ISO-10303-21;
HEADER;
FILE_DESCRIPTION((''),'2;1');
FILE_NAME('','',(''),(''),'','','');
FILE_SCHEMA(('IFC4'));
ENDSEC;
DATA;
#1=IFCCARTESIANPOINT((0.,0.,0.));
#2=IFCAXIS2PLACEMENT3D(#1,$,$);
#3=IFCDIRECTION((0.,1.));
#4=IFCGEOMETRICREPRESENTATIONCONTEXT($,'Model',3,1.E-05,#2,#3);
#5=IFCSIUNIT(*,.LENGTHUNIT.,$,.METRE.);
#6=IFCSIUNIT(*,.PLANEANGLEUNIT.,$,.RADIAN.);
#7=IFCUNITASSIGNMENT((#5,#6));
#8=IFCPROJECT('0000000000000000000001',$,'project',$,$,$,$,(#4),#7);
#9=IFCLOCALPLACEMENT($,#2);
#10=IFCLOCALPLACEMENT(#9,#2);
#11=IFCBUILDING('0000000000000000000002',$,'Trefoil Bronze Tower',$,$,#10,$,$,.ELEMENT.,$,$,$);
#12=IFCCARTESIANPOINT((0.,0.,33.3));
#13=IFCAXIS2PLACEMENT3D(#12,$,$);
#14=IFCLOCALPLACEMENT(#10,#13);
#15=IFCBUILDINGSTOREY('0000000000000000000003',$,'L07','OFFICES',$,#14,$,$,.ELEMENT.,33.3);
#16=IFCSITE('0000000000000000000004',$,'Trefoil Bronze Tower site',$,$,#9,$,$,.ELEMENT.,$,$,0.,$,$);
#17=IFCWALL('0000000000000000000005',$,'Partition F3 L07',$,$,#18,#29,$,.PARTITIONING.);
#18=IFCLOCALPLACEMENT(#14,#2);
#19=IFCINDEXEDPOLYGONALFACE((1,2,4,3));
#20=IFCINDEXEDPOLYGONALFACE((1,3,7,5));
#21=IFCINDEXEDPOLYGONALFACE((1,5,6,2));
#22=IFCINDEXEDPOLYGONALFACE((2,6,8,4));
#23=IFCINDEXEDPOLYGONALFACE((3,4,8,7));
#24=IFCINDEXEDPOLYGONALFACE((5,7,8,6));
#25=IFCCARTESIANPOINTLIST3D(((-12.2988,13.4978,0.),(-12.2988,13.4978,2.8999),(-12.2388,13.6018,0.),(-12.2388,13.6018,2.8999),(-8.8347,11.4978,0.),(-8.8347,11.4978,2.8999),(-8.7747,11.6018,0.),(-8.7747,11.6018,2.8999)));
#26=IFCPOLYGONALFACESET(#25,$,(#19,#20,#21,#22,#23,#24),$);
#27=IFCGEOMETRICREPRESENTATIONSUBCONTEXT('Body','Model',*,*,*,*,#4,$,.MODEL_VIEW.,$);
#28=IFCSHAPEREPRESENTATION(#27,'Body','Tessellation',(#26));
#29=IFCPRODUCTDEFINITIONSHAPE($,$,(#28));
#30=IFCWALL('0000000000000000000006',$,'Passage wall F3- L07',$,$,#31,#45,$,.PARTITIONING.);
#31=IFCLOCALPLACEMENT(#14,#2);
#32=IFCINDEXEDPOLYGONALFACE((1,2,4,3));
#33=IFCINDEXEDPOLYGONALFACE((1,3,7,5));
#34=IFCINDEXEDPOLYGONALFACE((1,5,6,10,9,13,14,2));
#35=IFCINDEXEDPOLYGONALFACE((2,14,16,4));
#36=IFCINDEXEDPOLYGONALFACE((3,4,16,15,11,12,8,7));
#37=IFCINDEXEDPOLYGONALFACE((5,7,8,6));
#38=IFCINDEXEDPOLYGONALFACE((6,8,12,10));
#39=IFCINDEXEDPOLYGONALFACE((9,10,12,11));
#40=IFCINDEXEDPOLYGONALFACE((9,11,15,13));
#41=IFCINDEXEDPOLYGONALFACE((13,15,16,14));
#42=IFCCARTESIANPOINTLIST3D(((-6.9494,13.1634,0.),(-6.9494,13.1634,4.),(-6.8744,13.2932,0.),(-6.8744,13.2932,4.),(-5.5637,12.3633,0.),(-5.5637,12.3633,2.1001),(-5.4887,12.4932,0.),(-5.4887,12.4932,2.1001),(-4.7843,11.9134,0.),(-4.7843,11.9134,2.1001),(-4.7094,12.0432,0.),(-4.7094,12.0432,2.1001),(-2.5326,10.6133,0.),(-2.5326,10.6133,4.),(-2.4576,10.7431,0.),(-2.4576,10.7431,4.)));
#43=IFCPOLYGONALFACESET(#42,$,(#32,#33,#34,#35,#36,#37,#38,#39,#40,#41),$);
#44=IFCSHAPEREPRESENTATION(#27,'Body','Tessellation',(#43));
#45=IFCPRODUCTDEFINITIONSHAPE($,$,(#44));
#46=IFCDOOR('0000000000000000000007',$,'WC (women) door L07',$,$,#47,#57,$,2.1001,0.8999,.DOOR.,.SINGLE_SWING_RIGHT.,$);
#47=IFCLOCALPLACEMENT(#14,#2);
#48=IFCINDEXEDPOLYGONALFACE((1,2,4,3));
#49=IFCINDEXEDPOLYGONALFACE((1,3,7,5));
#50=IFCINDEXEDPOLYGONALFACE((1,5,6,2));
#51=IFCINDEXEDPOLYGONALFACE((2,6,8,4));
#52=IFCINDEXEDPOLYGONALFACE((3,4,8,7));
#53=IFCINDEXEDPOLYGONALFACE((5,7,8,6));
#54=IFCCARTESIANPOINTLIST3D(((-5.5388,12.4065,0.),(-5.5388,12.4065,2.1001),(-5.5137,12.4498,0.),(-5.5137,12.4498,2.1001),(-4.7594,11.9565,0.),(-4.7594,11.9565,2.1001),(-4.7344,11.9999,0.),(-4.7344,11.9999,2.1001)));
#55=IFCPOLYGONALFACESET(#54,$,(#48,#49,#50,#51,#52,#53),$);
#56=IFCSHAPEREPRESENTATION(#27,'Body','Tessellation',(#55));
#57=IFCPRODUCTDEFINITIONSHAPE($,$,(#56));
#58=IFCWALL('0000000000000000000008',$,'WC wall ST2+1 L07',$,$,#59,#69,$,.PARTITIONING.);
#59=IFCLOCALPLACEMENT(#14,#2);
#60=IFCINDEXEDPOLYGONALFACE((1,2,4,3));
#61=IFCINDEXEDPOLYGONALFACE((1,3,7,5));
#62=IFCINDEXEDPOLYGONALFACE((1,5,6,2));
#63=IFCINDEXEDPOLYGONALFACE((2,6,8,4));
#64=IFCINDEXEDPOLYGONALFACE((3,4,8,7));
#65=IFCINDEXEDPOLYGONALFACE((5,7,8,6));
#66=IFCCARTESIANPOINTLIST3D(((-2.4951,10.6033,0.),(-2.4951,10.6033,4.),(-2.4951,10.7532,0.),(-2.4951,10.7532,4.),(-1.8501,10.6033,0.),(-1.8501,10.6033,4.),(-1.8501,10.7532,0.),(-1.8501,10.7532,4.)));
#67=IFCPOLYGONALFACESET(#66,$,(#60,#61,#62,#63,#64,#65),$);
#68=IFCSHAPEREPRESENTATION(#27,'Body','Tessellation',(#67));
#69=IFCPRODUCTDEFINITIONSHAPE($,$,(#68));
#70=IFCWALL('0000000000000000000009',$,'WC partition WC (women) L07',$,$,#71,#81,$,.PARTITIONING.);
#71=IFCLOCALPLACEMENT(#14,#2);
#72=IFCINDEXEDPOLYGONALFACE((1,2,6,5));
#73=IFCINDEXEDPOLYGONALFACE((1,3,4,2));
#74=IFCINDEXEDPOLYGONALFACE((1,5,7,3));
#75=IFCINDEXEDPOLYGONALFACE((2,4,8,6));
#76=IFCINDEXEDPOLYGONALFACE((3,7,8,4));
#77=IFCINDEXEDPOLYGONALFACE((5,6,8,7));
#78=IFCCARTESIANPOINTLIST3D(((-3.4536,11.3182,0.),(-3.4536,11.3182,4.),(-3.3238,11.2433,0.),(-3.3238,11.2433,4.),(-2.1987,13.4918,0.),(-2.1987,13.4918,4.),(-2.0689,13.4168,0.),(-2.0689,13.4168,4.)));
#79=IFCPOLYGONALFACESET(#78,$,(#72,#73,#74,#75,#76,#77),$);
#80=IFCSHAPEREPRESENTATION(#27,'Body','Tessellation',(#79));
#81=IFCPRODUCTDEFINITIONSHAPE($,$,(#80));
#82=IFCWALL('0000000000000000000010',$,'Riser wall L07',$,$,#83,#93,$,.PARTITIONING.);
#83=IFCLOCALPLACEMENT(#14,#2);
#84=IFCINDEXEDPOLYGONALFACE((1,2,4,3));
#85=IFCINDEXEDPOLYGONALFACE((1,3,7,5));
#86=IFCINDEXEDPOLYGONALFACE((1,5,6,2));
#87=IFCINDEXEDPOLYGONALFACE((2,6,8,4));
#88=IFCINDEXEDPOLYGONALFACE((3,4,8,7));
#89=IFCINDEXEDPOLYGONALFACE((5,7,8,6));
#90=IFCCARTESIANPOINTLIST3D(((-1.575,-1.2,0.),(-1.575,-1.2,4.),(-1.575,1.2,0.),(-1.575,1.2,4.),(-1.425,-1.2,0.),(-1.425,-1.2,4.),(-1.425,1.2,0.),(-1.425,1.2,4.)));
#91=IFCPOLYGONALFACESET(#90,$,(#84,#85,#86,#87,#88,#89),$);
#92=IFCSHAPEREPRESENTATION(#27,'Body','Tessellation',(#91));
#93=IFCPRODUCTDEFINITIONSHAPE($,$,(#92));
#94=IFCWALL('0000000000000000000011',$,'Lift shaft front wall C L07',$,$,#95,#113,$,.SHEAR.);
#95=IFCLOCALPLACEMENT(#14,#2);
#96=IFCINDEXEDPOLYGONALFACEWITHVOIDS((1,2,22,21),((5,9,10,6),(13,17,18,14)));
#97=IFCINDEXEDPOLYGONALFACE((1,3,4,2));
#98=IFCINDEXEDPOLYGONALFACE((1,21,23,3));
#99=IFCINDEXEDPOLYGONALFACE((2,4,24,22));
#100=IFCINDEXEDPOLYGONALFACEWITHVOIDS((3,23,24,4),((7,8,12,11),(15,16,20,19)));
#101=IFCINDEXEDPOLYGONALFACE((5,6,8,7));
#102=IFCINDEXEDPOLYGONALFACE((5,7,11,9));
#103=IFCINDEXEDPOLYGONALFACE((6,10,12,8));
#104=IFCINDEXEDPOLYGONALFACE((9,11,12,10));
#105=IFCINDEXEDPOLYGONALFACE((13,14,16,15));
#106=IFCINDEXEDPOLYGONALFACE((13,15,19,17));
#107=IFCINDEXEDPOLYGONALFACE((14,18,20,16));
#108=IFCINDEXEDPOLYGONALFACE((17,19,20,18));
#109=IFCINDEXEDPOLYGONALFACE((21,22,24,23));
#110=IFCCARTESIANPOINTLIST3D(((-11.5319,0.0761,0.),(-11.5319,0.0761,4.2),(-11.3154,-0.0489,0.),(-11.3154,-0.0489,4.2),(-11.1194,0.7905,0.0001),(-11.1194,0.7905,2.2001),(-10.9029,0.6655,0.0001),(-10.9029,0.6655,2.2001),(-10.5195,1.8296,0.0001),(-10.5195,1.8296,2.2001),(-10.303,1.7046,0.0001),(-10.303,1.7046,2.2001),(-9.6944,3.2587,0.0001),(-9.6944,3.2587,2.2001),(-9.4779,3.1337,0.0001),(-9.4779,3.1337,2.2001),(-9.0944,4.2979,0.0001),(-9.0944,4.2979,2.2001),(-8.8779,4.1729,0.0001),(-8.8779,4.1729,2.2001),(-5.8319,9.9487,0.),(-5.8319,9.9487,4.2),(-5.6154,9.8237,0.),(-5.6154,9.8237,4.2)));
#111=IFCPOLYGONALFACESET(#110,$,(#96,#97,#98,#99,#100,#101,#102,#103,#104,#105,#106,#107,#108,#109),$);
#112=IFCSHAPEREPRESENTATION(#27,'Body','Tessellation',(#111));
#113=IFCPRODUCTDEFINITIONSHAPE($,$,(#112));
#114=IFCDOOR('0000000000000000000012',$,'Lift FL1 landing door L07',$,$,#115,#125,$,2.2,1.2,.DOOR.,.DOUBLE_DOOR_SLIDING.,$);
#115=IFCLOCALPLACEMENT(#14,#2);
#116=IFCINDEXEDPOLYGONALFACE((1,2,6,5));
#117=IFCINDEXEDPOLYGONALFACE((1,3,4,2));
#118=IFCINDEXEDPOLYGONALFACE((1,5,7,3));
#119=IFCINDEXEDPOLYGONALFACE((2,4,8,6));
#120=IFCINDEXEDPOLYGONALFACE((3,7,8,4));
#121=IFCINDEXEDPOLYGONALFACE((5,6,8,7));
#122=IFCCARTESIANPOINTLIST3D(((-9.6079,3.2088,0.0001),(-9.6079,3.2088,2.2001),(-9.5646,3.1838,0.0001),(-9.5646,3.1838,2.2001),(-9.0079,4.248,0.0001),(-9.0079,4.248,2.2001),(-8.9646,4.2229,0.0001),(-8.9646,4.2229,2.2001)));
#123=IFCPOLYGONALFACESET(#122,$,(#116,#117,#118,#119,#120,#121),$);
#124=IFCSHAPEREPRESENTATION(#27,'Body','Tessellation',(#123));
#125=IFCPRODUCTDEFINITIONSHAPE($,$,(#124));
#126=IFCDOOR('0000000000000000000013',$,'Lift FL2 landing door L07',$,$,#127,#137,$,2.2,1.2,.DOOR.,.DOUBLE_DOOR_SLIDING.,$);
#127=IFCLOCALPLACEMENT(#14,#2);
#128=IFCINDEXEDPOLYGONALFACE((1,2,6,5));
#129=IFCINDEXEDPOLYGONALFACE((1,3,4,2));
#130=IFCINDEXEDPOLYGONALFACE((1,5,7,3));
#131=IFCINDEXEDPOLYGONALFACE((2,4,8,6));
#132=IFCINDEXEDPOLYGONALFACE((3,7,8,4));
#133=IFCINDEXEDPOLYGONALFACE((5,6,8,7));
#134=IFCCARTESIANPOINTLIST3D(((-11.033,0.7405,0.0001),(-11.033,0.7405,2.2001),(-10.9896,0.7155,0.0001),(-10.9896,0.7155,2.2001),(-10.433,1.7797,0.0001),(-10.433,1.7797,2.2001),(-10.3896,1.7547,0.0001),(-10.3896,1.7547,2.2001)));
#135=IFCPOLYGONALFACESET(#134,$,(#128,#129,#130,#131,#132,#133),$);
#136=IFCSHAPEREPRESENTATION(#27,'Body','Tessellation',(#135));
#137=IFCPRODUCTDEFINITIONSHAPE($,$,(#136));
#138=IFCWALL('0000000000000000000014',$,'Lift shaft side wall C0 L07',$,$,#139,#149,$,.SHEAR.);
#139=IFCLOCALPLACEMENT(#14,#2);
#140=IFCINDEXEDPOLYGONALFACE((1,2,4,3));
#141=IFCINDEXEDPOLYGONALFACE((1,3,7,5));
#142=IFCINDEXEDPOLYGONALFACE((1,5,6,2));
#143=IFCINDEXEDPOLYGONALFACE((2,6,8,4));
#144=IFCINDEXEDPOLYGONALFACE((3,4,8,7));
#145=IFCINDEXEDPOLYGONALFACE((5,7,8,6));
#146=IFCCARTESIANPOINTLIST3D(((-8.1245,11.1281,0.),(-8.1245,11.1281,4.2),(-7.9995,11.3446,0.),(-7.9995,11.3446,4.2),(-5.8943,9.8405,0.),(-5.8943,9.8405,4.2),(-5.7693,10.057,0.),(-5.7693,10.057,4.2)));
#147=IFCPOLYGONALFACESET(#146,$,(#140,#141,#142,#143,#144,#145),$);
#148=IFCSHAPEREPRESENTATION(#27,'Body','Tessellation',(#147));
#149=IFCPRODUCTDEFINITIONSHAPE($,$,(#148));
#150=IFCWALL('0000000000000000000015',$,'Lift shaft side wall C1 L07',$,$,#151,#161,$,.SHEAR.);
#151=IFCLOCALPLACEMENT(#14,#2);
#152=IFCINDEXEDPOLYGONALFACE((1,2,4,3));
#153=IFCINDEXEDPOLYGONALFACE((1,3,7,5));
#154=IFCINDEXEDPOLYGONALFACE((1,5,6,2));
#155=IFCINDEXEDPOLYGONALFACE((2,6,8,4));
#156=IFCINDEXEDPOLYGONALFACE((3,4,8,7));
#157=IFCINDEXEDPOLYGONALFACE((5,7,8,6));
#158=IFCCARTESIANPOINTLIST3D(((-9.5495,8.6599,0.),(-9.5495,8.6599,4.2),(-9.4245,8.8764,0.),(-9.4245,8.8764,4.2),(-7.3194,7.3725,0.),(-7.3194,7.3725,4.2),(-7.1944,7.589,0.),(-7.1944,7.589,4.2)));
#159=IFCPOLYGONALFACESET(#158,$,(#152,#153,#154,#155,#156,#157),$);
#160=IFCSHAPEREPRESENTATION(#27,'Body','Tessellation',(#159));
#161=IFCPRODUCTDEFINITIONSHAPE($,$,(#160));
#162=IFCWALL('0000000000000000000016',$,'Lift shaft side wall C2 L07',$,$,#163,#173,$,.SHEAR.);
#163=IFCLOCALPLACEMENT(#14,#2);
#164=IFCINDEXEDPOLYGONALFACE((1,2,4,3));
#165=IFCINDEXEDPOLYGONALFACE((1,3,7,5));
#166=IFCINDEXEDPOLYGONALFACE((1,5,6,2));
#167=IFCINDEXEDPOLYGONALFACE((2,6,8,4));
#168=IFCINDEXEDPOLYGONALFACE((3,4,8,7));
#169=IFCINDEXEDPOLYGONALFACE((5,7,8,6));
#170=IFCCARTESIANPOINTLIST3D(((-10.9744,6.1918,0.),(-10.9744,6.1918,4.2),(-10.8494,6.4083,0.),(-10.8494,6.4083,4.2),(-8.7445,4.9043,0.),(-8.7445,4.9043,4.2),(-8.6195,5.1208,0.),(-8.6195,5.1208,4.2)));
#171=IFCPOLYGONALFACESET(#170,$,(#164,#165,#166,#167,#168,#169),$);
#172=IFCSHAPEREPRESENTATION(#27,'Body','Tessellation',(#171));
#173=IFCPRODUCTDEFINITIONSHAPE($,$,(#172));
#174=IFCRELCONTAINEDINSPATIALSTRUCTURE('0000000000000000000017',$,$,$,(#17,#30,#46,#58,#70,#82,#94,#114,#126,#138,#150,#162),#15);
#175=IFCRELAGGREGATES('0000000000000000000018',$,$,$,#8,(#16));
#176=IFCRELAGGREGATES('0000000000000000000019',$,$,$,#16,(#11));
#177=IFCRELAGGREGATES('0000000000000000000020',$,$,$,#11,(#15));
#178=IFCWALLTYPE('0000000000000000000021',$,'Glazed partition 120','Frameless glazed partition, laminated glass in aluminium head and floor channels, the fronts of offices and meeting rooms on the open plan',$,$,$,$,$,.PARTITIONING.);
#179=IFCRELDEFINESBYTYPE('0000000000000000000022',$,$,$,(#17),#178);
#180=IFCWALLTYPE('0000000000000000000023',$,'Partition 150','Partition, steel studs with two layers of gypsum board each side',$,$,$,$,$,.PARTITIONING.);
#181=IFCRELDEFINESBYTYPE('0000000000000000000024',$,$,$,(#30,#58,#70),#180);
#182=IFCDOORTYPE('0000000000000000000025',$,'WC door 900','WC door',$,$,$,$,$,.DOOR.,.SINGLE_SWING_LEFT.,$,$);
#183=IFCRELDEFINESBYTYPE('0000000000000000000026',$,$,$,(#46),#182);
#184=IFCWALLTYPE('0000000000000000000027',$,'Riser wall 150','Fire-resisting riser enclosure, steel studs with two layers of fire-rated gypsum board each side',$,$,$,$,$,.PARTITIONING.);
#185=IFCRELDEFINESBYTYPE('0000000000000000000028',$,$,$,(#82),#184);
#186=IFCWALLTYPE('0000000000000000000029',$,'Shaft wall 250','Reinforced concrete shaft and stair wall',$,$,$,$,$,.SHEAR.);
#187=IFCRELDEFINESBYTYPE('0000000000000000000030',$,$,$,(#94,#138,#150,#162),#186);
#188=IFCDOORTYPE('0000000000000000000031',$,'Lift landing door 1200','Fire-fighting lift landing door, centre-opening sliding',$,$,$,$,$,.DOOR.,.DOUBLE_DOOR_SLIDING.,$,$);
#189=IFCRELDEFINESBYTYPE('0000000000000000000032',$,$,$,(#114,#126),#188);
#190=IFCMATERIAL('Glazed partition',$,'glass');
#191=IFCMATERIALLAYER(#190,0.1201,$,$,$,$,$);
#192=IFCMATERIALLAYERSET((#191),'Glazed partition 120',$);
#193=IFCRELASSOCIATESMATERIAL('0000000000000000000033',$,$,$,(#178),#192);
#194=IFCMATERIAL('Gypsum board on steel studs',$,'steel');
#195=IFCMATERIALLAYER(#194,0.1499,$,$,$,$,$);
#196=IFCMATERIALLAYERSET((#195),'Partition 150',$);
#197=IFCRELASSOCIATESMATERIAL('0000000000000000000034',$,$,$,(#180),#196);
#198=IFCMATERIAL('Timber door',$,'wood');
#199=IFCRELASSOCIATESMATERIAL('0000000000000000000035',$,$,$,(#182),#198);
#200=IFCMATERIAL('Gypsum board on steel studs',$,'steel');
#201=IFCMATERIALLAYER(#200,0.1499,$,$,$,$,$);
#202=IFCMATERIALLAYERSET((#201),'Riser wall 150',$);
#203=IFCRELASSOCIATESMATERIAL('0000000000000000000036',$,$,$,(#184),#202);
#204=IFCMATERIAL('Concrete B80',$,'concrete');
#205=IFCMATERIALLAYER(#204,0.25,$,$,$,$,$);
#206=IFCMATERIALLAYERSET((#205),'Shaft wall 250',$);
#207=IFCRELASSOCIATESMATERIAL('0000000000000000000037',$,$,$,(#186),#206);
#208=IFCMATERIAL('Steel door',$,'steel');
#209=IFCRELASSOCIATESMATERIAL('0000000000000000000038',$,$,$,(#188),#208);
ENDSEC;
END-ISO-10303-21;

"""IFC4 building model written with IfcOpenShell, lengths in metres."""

from ifc_helpers import new_model, si_unit, direction, frame, frame_2d, origin, place, context, subcontext, project, spatial, rectangle, extrude, material, layer, layer_set, type_object, element, fill, save


model = new_model("IFC4")

# Units and contexts
model_context = context("Model", 3, precision=1e-05, world=origin(), true_north=direction((0.0, 1.0)))
body_context = subcontext(model_context, "Body", "Model", "MODEL_VIEW")
ifc_project = project(units=[si_unit("LENGTHUNIT", "METRE"), si_unit("PLANEANGLEUNIT", "RADIAN")], contexts=[model_context])

# Site, building, storey
site_placement = place(None, origin())
site = spatial("IfcSite", under=ifc_project, at=site_placement, Name="Trefoil Bronze Tower site", CompositionType="ELEMENT", RefElevation=0.0)
building_placement = place(site_placement, origin())
building = spatial("IfcBuilding", under=site, at=building_placement, Name="Trefoil Bronze Tower", CompositionType="ELEMENT")
storey_placement = place(building_placement, frame((0.0, 0.0, 33.3)))
storey = spatial("IfcBuildingStorey", under=building, at=storey_placement, Name="L07", Description="OFFICES", CompositionType="ELEMENT", Elevation=33.3)

# Wall
ifc_material_1 = material(Name="Glazed partition", Category="glass")
ifc_layer_1 = layer(ifc_material_1, 0.1201)
ifc_layer_set_1 = layer_set([ifc_layer_1], Name="Glazed partition 120")
wall_type_1 = type_object("IfcWallType", Name="Glazed partition 120", Description="Frameless glazed partition, laminated glass in aluminium head and floor channels, the fronts of offices and meeting rooms on the open plan", PredefinedType="PARTITIONING", material=ifc_layer_set_1)
wall_1_placement = place(storey_placement, frame((-8.8047, 11.5498, 0.0), z_axis=(0.0, 0.0, 1.0), x_axis=(-0.866026, 0.499999, 0.0)))
element("IfcWall", 1, at=wall_1_placement, inside=storey, type_object=wall_type_1, Name="Partition F3 L07", PredefinedType="PARTITIONING", context=body_context, shape_type="SweptSolid", body=[
    extrude(rectangle(XDim=4.0, YDim=0.1201, at=frame_2d((2.0, 0.0))), origin(), (0.0, 0.0, 1.0), 2.8999),
])

# Wall, opening, door
ifc_material_2 = material(Name="Gypsum board on steel studs", Category="steel")
ifc_layer_2 = layer(ifc_material_2, 0.1499)
ifc_layer_set_2 = layer_set([ifc_layer_2], Name="Partition 150")
wall_type_2 = type_object("IfcWallType", Name="Partition 150", Description="Partition, steel studs with two layers of gypsum board each side", PredefinedType="PARTITIONING", material=ifc_layer_set_2)
wall_2_placement = place(storey_placement, frame((-2.4951, 10.6782, 0.0), z_axis=(0.0, 0.0, 1.0), x_axis=(-0.866022, 0.500006, 0.0)))
wall_2 = element("IfcWall", 2, at=wall_2_placement, inside=storey, type_object=wall_type_2, Name="Passage wall F3- L07", PredefinedType="PARTITIONING", context=body_context, shape_type="SweptSolid", body=[
    extrude(rectangle(XDim=5.1001, YDim=0.1499, at=frame_2d((2.55, 0.0))), origin(), (0.0, 0.0, 1.0), 4.0),
])
opening_1_placement = place(wall_2_placement, frame((2.6001, 0.0, 0.0)))
opening_1 = element("IfcOpeningElement", 3, at=opening_1_placement, cuts=wall_2, PredefinedType="OPENING", context=body_context, shape_type="SweptSolid", body=[
    extrude(rectangle(XDim=0.8999, YDim=2.1001, at=frame_2d((0.45, 1.05))), frame((0.0, 0.085, 0.0), z_axis=(0.0, -1.0, 0.0), x_axis=(1.0, 0.0, 0.0)), (0.0, 0.0, 1.0), 0.1699),
])
ifc_material_3 = material(Name="Timber door", Category="wood")
door_type_1 = type_object("IfcDoorType", Name="WC door 900", Description="WC door", OperationType="SINGLE_SWING_LEFT", PredefinedType="DOOR", material=ifc_material_3)
door_1_placement = place(opening_1_placement, frame((0.8999, 0.0, 0.0), z_axis=(0.0, 0.0, 1.0), x_axis=(-1.0, 0.0, 0.0)))
door_1 = element("IfcDoor", 4, at=door_1_placement, inside=storey, type_object=door_type_1, Name="WC (women) door L07", OperationType="SINGLE_SWING_RIGHT", OverallHeight=2.1001, OverallWidth=0.8999, PredefinedType="DOOR", context=body_context, shape_type="SweptSolid", body=[
    extrude(rectangle(XDim=0.8999, YDim=2.1001, at=frame_2d((0.45, 1.05))), frame((0.0, 0.0249, 0.0), z_axis=(0.0, -1.0, 0.0), x_axis=(1.0, 0.0, 0.0)), (0.0, 0.0, 1.0), 0.05),
])
fill(opening_1, door_1)

# Walls
wall_3_placement = place(storey_placement, frame((-2.4951, 10.6782, 0.0), z_axis=(0.0, 0.0, 1.0), x_axis=(1.0, 0.0, 0.0)))
element("IfcWall", 5, at=wall_3_placement, inside=storey, type_object=wall_type_2, Name="WC wall ST2+1 L07", PredefinedType="PARTITIONING", context=body_context, shape_type="SweptSolid", body=[
    extrude(rectangle(XDim=0.645, YDim=0.1499, at=frame_2d((0.3225, 0.0))), origin(), (0.0, 0.0, 1.0), 4.0),
])
wall_4_placement = place(storey_placement, frame((-3.3887, 11.2808, 0.0), z_axis=(0.0, 0.0, 1.0), x_axis=(0.499989, 0.866032, 0.0)))
element("IfcWall", 6, at=wall_4_placement, inside=storey, type_object=wall_type_2, Name="WC partition WC (women) L07", PredefinedType="PARTITIONING", context=body_context, shape_type="SweptSolid", body=[
    extrude(rectangle(XDim=2.5098, YDim=0.1499, at=frame_2d((1.2549, 0.0))), origin(), (0.0, 0.0, 1.0), 4.0),
])
ifc_material_4 = material(Name="Gypsum board on steel studs", Category="steel")
ifc_layer_3 = layer(ifc_material_4, 0.1499)
ifc_layer_set_3 = layer_set([ifc_layer_3], Name="Riser wall 150")
wall_type_3 = type_object("IfcWallType", Name="Riser wall 150", Description="Fire-resisting riser enclosure, steel studs with two layers of fire-rated gypsum board each side", PredefinedType="PARTITIONING", material=ifc_layer_set_3)
wall_5_placement = place(storey_placement, frame((-1.5, 1.2, 0.0), z_axis=(0.0, 0.0, 1.0), x_axis=(0.0, -1.0, 0.0)))
element("IfcWall", 7, at=wall_5_placement, inside=storey, type_object=wall_type_3, Name="Riser wall L07", PredefinedType="PARTITIONING", context=body_context, shape_type="SweptSolid", body=[
    extrude(rectangle(XDim=2.3999, YDim=0.1499, at=frame_2d((1.2, 0.0))), origin(), (0.0, 0.0, 1.0), 4.0),
])

# Wall, openings, doors
ifc_material_5 = material(Name="Concrete B80", Category="concrete")
ifc_layer_4 = layer(ifc_material_5, 0.25)
ifc_layer_set_4 = layer_set([ifc_layer_4], Name="Shaft wall 250")
wall_type_4 = type_object("IfcWallType", Name="Shaft wall 250", Description="Reinforced concrete shaft and stair wall", PredefinedType="SHEAR", material=ifc_layer_set_4)
wall_6_placement = place(storey_placement, frame((-5.7236, 9.8862, 0.0), z_axis=(0.0, 0.0, 1.0), x_axis=(-0.500002, -0.866024, 0.0)))
wall_6 = element("IfcWall", 8, at=wall_6_placement, inside=storey, type_object=wall_type_4, Name="Lift shaft front wall C L07", PredefinedType="SHEAR", context=body_context, shape_type="SweptSolid", body=[
    extrude(rectangle(XDim=11.3999, YDim=0.25, at=frame_2d((5.7, 0.0))), origin(), (0.0, 0.0, 1.0), 4.2),
])
opening_2_placement = place(wall_6_placement, frame((6.5249, 0.0, 0.0)))
opening_2 = element("IfcOpeningElement", 9, at=opening_2_placement, cuts=wall_6, PredefinedType="OPENING", context=body_context, shape_type="SweptSolid", body=[
    extrude(rectangle(XDim=1.2, YDim=2.2, at=frame_2d((0.6001, 1.1001))), frame((0.0, 0.135, 0.0), z_axis=(0.0, -1.0, 0.0), x_axis=(1.0, 0.0, 0.0)), (0.0, 0.0, 1.0), 0.27),
])
opening_3_placement = place(wall_6_placement, frame((9.375, 0.0, 0.0)))
opening_3 = element("IfcOpeningElement", 10, at=opening_3_placement, cuts=wall_6, PredefinedType="OPENING", context=body_context, shape_type="SweptSolid", body=[
    extrude(rectangle(XDim=1.2, YDim=2.2, at=frame_2d((0.6001, 1.1001))), frame((0.0, 0.135, 0.0), z_axis=(0.0, -1.0, 0.0), x_axis=(1.0, 0.0, 0.0)), (0.0, 0.0, 1.0), 0.27),
])
ifc_material_6 = material(Name="Steel door", Category="steel")
door_type_2 = type_object("IfcDoorType", Name="Lift landing door 1200", Description="Fire-fighting lift landing door, centre-opening sliding", OperationType="DOUBLE_DOOR_SLIDING", PredefinedType="DOOR", material=ifc_material_6)
door_2_placement = place(opening_2_placement, origin())
door_2 = element("IfcDoor", 11, at=door_2_placement, inside=storey, type_object=door_type_2, Name="Lift FL1 landing door L07", OperationType="DOUBLE_DOOR_SLIDING", OverallHeight=2.2, OverallWidth=1.2, PredefinedType="DOOR", context=body_context, shape_type="SweptSolid", body=[
    extrude(rectangle(XDim=1.2, YDim=2.2, at=frame_2d((0.6001, 1.1001))), frame((0.0, 0.0249, 0.0), z_axis=(0.0, -1.0, 0.0), x_axis=(1.0, 0.0, 0.0)), (0.0, 0.0, 1.0), 0.05),
])
fill(opening_2, door_2)
door_3_placement = place(opening_3_placement, origin())
door_3 = element("IfcDoor", 12, at=door_3_placement, inside=storey, type_object=door_type_2, Name="Lift FL2 landing door L07", OperationType="DOUBLE_DOOR_SLIDING", OverallHeight=2.2, OverallWidth=1.2, PredefinedType="DOOR", context=body_context, shape_type="SweptSolid", body=[
    extrude(rectangle(XDim=1.2, YDim=2.2, at=frame_2d((0.6001, 1.1001))), frame((0.0, 0.0249, 0.0), z_axis=(0.0, -1.0, 0.0), x_axis=(1.0, 0.0, 0.0)), (0.0, 0.0, 1.0), 0.05),
])
fill(opening_3, door_3)

# Walls
wall_7_placement = place(storey_placement, frame((-5.8318, 9.9487, 0.0), z_axis=(0.0, 0.0, 1.0), x_axis=(-0.866029, 0.499993, 0.0)))
element("IfcWall", 13, at=wall_7_placement, inside=storey, type_object=wall_type_4, Name="Lift shaft side wall C0 L07", PredefinedType="SHEAR", context=body_context, shape_type="SweptSolid", body=[
    extrude(rectangle(XDim=2.5752, YDim=0.25, at=frame_2d((1.2876, 0.0))), origin(), (0.0, 0.0, 1.0), 4.2),
])
for number, where, z_axis, x_axis, name in (
    (14, (-7.2568, 7.4807, 0.0), (0.0, 0.0, 1.0), (-0.866047, 0.499963, 0.0), "Lift shaft side wall C1 L07"),
    (15, (-8.6819, 5.0125, 0.0), (0.0, 0.0, 1.0), (-0.866006, 0.500034, 0.0), "Lift shaft side wall C2 L07"),
):
    element("IfcWall", number, at=place(storey_placement, frame(where, z_axis=z_axis, x_axis=x_axis)), inside=storey, type_object=wall_type_4, Name=name, PredefinedType="SHEAR", context=body_context, shape_type="SweptSolid", body=[
        extrude(rectangle(XDim=2.575, YDim=0.25, at=frame_2d((1.2876, 0.0))), origin(), (0.0, 0.0, 1.0), 4.2),
    ])

save(model, "model.ifc")
